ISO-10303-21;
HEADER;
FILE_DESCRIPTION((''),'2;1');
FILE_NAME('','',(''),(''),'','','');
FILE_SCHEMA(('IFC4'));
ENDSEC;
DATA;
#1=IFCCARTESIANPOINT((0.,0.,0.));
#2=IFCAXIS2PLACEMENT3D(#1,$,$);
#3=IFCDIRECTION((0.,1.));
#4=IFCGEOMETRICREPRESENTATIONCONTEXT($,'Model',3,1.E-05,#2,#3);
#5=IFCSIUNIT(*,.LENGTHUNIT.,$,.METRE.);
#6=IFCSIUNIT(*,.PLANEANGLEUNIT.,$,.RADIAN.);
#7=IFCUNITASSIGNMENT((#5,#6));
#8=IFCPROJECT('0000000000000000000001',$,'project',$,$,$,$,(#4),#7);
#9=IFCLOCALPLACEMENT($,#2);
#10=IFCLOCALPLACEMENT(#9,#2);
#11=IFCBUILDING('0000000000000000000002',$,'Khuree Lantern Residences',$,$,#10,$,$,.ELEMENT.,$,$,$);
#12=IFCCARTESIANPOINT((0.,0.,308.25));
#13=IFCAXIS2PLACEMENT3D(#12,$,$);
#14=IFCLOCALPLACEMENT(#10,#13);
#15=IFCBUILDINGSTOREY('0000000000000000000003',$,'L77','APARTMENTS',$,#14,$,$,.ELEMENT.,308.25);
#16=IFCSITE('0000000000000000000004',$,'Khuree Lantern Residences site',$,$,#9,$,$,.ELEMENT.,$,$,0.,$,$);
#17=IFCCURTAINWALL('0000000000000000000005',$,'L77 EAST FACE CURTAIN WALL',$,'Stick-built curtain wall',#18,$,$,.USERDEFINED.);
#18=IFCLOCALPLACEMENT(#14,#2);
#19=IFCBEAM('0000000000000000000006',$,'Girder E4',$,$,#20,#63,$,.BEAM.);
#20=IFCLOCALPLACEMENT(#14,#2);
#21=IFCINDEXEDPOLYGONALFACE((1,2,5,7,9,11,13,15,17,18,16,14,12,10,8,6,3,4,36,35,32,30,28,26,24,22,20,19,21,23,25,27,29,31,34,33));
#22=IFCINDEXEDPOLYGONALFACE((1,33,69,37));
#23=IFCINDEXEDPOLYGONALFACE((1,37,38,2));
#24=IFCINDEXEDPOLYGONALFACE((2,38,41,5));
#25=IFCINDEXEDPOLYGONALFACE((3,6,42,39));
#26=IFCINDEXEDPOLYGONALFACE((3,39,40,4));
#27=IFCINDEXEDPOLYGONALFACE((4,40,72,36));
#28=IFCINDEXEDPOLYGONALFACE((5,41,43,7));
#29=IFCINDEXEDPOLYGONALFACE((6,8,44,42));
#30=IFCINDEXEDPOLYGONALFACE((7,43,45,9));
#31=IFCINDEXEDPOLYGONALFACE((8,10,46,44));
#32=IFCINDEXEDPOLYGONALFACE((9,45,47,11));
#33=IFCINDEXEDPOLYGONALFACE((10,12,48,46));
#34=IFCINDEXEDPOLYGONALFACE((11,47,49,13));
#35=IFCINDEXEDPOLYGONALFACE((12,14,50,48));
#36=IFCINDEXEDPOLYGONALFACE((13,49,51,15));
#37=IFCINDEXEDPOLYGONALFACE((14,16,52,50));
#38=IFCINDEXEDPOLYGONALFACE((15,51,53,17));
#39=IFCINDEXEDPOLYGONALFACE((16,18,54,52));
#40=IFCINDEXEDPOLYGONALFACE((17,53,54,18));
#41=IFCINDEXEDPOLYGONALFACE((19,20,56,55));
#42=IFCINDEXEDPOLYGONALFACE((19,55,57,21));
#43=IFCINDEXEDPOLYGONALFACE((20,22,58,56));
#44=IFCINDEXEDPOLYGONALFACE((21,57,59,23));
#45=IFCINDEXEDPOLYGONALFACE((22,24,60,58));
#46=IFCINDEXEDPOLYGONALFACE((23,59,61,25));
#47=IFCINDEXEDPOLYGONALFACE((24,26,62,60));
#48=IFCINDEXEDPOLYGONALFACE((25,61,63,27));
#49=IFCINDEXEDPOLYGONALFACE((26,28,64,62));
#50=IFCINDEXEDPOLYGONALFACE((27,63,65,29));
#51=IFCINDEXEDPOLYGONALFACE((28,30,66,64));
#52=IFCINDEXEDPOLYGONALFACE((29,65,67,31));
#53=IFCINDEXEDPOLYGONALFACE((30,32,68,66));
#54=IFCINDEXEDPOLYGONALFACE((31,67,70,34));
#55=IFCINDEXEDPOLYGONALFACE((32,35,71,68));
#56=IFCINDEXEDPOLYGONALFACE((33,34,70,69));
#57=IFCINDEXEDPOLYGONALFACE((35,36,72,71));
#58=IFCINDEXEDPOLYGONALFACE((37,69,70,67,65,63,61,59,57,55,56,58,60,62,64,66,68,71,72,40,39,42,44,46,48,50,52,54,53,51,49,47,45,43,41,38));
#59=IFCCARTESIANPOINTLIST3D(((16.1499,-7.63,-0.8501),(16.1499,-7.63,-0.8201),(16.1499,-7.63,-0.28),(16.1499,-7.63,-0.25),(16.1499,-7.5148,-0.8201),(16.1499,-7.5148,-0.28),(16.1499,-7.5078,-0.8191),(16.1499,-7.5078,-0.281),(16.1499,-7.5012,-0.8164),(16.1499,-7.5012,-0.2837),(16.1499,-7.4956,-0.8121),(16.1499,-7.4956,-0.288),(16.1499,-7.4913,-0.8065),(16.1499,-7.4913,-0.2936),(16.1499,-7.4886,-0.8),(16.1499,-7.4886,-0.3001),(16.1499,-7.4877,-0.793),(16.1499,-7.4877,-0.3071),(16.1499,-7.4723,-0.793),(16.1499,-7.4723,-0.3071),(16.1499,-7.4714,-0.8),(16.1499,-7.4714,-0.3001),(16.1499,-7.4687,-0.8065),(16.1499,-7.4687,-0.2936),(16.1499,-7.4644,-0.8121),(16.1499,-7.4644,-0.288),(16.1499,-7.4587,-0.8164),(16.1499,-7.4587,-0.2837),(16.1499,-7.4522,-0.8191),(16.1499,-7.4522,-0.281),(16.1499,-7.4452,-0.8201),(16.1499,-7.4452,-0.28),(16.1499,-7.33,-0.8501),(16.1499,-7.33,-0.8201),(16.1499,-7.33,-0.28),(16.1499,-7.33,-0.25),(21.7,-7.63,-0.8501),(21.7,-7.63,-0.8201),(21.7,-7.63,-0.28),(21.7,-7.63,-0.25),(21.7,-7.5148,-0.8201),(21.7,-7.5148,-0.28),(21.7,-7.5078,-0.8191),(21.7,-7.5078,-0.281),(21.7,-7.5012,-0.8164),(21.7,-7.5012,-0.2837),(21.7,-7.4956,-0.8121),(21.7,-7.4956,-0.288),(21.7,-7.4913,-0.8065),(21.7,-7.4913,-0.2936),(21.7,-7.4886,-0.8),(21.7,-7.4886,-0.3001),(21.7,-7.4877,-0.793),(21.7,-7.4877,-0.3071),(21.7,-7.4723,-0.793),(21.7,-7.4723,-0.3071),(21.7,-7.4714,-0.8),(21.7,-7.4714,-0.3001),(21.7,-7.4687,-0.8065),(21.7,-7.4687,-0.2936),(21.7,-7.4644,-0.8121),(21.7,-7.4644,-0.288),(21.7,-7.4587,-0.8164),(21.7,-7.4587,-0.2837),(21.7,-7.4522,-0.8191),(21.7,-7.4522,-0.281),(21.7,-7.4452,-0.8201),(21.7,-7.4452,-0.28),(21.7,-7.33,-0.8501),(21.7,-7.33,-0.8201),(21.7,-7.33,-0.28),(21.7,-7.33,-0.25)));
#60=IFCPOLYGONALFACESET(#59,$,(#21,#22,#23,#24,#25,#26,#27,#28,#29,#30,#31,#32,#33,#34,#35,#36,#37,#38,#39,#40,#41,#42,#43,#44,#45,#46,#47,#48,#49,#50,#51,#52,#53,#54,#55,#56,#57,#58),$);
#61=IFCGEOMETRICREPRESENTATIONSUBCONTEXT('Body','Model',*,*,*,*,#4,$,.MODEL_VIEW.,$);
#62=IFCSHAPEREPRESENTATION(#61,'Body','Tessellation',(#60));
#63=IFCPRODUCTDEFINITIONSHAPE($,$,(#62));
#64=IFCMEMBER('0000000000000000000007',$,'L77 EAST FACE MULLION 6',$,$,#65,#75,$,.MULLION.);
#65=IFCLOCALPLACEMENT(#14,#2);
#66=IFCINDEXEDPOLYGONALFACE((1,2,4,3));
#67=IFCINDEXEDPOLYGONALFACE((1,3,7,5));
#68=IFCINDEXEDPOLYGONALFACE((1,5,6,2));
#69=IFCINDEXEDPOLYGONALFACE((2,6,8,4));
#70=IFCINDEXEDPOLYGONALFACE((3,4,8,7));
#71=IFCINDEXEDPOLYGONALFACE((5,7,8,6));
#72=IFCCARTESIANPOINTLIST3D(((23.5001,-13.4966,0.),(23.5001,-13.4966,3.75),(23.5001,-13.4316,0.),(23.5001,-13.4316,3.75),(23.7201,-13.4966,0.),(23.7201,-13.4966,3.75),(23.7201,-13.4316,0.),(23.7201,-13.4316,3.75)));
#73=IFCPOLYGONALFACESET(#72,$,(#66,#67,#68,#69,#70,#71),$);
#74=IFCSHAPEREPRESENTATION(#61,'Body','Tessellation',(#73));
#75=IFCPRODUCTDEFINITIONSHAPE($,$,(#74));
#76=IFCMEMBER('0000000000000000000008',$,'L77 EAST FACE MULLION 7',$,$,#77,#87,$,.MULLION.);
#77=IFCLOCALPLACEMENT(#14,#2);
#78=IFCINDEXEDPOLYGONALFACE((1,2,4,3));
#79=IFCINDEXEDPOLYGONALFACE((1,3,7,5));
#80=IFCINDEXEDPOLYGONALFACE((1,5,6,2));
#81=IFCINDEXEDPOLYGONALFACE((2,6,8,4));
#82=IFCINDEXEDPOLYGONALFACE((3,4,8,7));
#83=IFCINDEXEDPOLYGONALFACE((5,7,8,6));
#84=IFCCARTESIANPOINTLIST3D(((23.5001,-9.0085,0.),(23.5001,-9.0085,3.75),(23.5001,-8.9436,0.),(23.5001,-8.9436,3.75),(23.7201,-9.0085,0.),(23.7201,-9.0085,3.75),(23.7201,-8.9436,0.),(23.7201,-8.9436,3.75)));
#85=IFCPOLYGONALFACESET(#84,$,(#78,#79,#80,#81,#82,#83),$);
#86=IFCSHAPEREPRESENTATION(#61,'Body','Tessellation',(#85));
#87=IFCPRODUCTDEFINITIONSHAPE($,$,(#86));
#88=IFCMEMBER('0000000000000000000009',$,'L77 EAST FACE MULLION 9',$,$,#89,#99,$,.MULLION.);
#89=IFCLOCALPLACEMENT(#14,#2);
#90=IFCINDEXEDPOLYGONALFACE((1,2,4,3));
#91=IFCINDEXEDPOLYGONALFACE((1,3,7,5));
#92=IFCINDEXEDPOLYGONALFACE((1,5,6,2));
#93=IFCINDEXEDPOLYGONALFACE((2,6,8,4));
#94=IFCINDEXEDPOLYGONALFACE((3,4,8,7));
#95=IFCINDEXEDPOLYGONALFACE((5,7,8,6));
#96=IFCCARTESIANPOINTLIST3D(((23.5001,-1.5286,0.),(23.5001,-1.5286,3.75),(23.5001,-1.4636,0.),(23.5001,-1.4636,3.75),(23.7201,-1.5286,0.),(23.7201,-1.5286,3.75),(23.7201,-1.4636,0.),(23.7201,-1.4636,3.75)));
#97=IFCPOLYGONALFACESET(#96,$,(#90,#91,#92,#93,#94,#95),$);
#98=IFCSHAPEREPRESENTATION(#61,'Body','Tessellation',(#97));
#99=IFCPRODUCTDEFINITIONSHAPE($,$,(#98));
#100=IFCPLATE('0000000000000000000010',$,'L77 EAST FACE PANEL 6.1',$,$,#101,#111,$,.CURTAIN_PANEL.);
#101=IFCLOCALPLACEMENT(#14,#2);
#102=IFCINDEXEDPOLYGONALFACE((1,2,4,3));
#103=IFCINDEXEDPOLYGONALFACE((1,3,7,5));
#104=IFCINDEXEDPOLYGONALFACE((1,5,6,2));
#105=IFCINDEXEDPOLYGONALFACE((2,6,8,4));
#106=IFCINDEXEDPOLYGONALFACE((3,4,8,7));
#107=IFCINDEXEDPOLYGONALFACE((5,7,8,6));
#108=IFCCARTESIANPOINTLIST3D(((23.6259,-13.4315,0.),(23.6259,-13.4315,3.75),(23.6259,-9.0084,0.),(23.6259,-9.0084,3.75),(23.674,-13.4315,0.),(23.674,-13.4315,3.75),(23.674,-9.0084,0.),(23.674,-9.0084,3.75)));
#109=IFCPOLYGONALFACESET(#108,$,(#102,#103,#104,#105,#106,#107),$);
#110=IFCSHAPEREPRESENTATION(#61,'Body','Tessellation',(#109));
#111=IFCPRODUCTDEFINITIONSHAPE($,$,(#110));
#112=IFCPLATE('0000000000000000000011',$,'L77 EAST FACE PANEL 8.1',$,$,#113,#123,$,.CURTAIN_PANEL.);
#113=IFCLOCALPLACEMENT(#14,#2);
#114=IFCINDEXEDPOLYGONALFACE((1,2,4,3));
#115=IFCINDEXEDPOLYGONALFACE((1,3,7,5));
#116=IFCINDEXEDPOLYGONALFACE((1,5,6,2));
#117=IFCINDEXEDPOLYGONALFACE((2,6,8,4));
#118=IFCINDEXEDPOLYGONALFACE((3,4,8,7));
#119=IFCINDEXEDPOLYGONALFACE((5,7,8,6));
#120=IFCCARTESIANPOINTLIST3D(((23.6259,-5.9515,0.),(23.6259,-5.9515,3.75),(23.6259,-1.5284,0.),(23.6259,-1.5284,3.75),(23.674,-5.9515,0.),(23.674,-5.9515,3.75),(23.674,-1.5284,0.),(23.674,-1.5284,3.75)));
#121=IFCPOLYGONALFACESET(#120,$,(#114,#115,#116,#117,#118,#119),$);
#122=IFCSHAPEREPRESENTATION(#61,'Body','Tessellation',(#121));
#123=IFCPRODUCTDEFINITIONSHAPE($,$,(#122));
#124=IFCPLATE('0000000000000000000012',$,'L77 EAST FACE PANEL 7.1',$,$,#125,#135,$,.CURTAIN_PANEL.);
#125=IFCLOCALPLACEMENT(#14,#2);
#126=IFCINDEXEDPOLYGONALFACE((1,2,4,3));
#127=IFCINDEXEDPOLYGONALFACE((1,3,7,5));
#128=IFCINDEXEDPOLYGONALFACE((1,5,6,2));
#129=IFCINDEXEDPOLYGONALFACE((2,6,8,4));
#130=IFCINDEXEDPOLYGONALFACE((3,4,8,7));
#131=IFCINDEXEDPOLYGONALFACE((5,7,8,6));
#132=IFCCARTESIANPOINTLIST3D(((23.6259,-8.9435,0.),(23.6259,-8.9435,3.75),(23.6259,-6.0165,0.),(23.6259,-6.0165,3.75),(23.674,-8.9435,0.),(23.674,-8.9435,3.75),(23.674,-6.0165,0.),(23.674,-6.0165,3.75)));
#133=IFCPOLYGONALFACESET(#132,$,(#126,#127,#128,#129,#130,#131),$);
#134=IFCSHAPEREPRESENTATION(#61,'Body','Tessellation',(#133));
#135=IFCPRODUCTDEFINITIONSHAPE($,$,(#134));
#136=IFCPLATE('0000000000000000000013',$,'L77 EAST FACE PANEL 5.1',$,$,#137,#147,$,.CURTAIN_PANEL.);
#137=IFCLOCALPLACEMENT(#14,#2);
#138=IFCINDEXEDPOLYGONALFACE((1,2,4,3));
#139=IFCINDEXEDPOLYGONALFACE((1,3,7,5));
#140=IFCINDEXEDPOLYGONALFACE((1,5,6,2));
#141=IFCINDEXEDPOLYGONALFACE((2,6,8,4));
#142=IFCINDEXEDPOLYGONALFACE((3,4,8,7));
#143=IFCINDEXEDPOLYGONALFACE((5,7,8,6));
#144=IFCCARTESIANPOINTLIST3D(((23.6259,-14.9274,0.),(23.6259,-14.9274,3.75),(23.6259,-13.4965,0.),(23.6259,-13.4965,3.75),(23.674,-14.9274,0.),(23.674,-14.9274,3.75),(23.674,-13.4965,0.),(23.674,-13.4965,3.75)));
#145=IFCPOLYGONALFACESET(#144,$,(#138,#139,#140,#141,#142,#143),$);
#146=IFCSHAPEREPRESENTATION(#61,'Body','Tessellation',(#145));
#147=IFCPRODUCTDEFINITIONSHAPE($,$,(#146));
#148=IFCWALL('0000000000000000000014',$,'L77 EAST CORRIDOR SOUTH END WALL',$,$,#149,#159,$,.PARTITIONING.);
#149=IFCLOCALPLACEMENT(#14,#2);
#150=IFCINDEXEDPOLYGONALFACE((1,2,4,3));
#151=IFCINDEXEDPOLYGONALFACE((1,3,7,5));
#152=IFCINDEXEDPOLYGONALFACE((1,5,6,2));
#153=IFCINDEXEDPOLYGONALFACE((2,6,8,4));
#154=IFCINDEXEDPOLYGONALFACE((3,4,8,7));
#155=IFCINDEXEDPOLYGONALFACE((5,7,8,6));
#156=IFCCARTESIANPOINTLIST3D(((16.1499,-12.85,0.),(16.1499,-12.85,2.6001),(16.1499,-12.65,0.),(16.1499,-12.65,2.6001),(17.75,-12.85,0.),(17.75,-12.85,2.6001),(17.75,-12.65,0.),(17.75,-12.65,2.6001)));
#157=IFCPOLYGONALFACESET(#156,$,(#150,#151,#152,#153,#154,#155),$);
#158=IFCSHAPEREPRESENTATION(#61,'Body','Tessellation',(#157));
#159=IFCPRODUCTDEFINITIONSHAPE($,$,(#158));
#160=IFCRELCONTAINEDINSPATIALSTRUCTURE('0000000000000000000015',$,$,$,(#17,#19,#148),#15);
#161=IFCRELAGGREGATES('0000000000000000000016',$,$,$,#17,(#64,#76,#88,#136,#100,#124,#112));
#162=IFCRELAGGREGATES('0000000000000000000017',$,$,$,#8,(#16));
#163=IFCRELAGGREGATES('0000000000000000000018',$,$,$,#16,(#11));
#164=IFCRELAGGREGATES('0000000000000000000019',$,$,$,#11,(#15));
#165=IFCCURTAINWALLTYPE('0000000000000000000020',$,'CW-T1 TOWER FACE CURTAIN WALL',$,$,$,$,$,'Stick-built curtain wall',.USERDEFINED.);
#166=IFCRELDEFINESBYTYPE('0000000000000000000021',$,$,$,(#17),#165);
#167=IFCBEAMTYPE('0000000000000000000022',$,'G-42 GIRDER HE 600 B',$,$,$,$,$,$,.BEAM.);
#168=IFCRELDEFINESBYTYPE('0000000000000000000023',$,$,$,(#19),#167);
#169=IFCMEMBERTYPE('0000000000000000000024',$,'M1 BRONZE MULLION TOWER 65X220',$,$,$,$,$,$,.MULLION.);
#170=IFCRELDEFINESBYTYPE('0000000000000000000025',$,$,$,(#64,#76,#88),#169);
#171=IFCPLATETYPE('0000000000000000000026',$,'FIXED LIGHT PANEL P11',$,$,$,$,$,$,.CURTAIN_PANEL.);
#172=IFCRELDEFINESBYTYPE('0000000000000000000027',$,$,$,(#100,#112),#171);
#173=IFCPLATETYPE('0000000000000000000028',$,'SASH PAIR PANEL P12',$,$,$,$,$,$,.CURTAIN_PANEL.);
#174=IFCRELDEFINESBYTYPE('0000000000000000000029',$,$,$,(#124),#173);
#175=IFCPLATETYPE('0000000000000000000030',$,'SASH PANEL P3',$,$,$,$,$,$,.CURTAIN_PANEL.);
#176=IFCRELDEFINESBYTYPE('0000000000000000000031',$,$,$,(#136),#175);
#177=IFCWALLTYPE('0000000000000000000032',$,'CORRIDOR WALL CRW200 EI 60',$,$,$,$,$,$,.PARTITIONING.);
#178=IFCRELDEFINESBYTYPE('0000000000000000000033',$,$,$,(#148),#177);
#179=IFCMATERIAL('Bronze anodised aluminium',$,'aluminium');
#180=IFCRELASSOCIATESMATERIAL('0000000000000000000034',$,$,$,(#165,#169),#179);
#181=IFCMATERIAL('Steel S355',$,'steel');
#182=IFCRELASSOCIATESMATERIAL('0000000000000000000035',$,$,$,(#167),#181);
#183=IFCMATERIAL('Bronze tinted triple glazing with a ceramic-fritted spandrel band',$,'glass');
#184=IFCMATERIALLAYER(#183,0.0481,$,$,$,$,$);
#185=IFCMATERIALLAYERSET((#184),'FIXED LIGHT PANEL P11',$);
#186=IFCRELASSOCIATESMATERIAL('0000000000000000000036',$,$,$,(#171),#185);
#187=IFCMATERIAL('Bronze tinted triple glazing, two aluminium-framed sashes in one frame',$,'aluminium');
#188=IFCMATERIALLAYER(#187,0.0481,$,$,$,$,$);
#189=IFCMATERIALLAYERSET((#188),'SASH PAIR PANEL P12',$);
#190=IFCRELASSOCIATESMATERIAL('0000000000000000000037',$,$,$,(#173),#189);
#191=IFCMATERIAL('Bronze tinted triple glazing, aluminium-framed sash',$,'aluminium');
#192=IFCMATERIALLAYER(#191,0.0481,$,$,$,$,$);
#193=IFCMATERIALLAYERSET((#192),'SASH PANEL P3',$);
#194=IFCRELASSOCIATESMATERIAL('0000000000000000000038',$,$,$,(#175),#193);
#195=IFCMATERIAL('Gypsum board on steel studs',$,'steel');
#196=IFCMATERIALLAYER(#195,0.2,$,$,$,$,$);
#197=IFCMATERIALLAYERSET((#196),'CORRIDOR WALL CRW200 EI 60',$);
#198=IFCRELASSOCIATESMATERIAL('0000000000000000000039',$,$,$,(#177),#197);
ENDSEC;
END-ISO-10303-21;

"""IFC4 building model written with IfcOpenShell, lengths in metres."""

from ifc_helpers import new_model, si_unit, direction, frame, frame_2d, origin, origin_2d, place, context, subcontext, project, spatial, rectangle, i_section, extrude, material, layer, layer_set, material_profile, profile_set, type_object, element, aggregate, save


model = new_model("IFC4")

# Units and contexts
model_context = context("Model", 3, precision=1e-05, world=origin(), true_north=direction((0.0, 1.0)))
body_context = subcontext(model_context, "Body", "Model", "MODEL_VIEW")
ifc_project = project(units=[si_unit("LENGTHUNIT", "METRE"), si_unit("PLANEANGLEUNIT", "RADIAN")], contexts=[model_context])

# Site, building, storey
site_placement = place(None, origin())
site = spatial("IfcSite", under=ifc_project, at=site_placement, Name="Khuree Lantern Residences site", CompositionType="ELEMENT", RefElevation=0.0)
building_placement = place(site_placement, origin())
building = spatial("IfcBuilding", under=site, at=building_placement, Name="Khuree Lantern Residences", CompositionType="ELEMENT")
storey_placement = place(building_placement, frame((0.0, 0.0, 308.25)))
storey = spatial("IfcBuildingStorey", under=building, at=storey_placement, Name="L77", Description="APARTMENTS", CompositionType="ELEMENT", Elevation=308.25)

# Shared definitions
ifc_material_1 = material(Name="Steel S355", Category="steel")

# Curtain wall
ifc_material_2 = material(Name="Bronze anodised aluminium", Category="aluminium")
curtain_wall_type = type_object("IfcCurtainWallType", Name="CW-T1 TOWER FACE CURTAIN WALL", ElementType="Stick-built curtain wall", PredefinedType="USERDEFINED", material=ifc_material_2)
curtain_wall_placement = place(storey_placement, origin())
curtain_wall = element("IfcCurtainWall", 1, at=curtain_wall_placement, inside=storey, type_object=curtain_wall_type, Name="L77 EAST FACE CURTAIN WALL", ObjectType="Stick-built curtain wall", PredefinedType="USERDEFINED")

# Beam
ifc_material_profile_1 = material_profile(ifc_material_1, i_section(OverallWidth=0.3, OverallDepth=0.6001, WebThickness=0.0154, FlangeThickness=0.03, FilletRadius=0.0271, at=origin_2d()), Name="HE 600 B")
ifc_profile_set_1 = profile_set([ifc_material_profile_1], Name="Steel S355")
beam_type_1 = type_object("IfcBeamType", Name="G-42 GIRDER HE 600 B", PredefinedType="BEAM", material=ifc_profile_set_1)
beam_1_placement = place(storey_placement, frame((21.7, -7.48, -0.55), z_axis=(-1.0, 0.0, 0.0), x_axis=(0.0, -1.0, 0.0)))
element("IfcBeam", 2, at=beam_1_placement, inside=storey, type_object=beam_type_1, Name="Girder E4", PredefinedType="BEAM", context=body_context, shape_type="SweptSolid", body=[
    extrude(i_section(OverallWidth=0.3, OverallDepth=0.6001, WebThickness=0.0154, FlangeThickness=0.03, FilletRadius=0.0271, at=origin_2d()), origin(), (0.0, 0.0, 1.0), 5.55),
])

# Members
ifc_material_profile_2 = material_profile(ifc_material_2, rectangle(XDim=0.0649, YDim=0.22, at=origin_2d()), Name="M1 65X220")
ifc_profile_set_2 = profile_set([ifc_material_profile_2], Name="Bronze anodised aluminium")
member_type_1 = type_object("IfcMemberType", Name="M1 BRONZE MULLION TOWER 65X220", PredefinedType="MULLION", material=ifc_profile_set_2)
member_1_placement = place(storey_placement, frame((23.6101, -13.4641, 0.0), z_axis=(0.0, 0.0, 1.0), x_axis=(0.0, 1.0, 0.0)))
member_1 = element("IfcMember", 3, at=member_1_placement, type_object=member_type_1, Name="L77 EAST FACE MULLION 6", PredefinedType="MULLION", context=body_context, shape_type="SweptSolid", body=[
    extrude(rectangle(XDim=0.0649, YDim=0.22, at=origin_2d()), origin(), (0.0, 0.0, 1.0), 3.75),
])
member_2_placement = place(storey_placement, frame((23.6101, -8.9761, 0.0), z_axis=(0.0, 0.0, 1.0), x_axis=(0.0, 1.0, 0.0)))
member_2 = element("IfcMember", 4, at=member_2_placement, type_object=member_type_1, Name="L77 EAST FACE MULLION 7", PredefinedType="MULLION", context=body_context, shape_type="SweptSolid", body=[
    extrude(rectangle(XDim=0.0649, YDim=0.22, at=origin_2d()), origin(), (0.0, 0.0, 1.0), 3.75),
])
member_3_placement = place(storey_placement, frame((23.6101, -1.4961, 0.0), z_axis=(0.0, 0.0, 1.0), x_axis=(0.0, 1.0, 0.0)))
member_3 = element("IfcMember", 5, at=member_3_placement, type_object=member_type_1, Name="L77 EAST FACE MULLION 9", PredefinedType="MULLION", context=body_context, shape_type="SweptSolid", body=[
    extrude(rectangle(XDim=0.0649, YDim=0.22, at=origin_2d()), origin(), (0.0, 0.0, 1.0), 3.75),
])

# Plates
ifc_material_3 = material(Name="Bronze tinted triple glazing with a ceramic-fritted spandrel band", Category="glass")
ifc_layer_1 = layer(ifc_material_3, 0.0481)
ifc_layer_set_1 = layer_set([ifc_layer_1], Name="FIXED LIGHT PANEL P11")
plate_type_1 = type_object("IfcPlateType", Name="FIXED LIGHT PANEL P11", PredefinedType="CURTAIN_PANEL", material=ifc_layer_set_1)
plate_1_placement = place(storey_placement, frame((23.6499, -11.22, 0.0), z_axis=(0.0, 0.0, 1.0), x_axis=(0.0, 1.0, 0.0)))
plate_1 = element("IfcPlate", 6, at=plate_1_placement, type_object=plate_type_1, Name="L77 EAST FACE PANEL 6.1", PredefinedType="CURTAIN_PANEL", context=body_context, shape_type="SweptSolid", body=[
    extrude(rectangle(XDim=4.4231, YDim=0.0481, at=origin_2d()), origin(), (0.0, 0.0, 1.0), 3.75),
])
plate_2_placement = place(storey_placement, frame((23.6499, -3.74, 0.0), z_axis=(0.0, 0.0, 1.0), x_axis=(0.0, 1.0, 0.0)))
plate_2 = element("IfcPlate", 7, at=plate_2_placement, type_object=plate_type_1, Name="L77 EAST FACE PANEL 8.1", PredefinedType="CURTAIN_PANEL", context=body_context, shape_type="SweptSolid", body=[
    extrude(rectangle(XDim=4.4231, YDim=0.0481, at=origin_2d()), origin(), (0.0, 0.0, 1.0), 3.75),
])
ifc_material_4 = material(Name="Bronze tinted triple glazing, two aluminium-framed sashes in one frame", Category="aluminium")
ifc_layer_2 = layer(ifc_material_4, 0.0481)
ifc_layer_set_2 = layer_set([ifc_layer_2], Name="SASH PAIR PANEL P12")
plate_type_2 = type_object("IfcPlateType", Name="SASH PAIR PANEL P12", PredefinedType="CURTAIN_PANEL", material=ifc_layer_set_2)
plate_3_placement = place(storey_placement, frame((23.6499, -7.48, 0.0), z_axis=(0.0, 0.0, 1.0), x_axis=(0.0, 1.0, 0.0)))
plate_3 = element("IfcPlate", 8, at=plate_3_placement, type_object=plate_type_2, Name="L77 EAST FACE PANEL 7.1", PredefinedType="CURTAIN_PANEL", context=body_context, shape_type="SweptSolid", body=[
    extrude(rectangle(XDim=2.927, YDim=0.0481, at=origin_2d()), origin(), (0.0, 0.0, 1.0), 3.75),
])
ifc_material_5 = material(Name="Bronze tinted triple glazing, aluminium-framed sash", Category="aluminium")
ifc_layer_3 = layer(ifc_material_5, 0.0481)
ifc_layer_set_3 = layer_set([ifc_layer_3], Name="SASH PANEL P3")
plate_type_3 = type_object("IfcPlateType", Name="SASH PANEL P3", PredefinedType="CURTAIN_PANEL", material=ifc_layer_set_3)
plate_4_placement = place(storey_placement, frame((23.6499, -14.2119, 0.0), z_axis=(0.0, 0.0, 1.0), x_axis=(0.0, 1.0, 0.0)))
plate_4 = element("IfcPlate", 9, at=plate_4_placement, type_object=plate_type_3, Name="L77 EAST FACE PANEL 5.1", PredefinedType="CURTAIN_PANEL", context=body_context, shape_type="SweptSolid", body=[
    extrude(rectangle(XDim=1.4309, YDim=0.0481, at=origin_2d()), origin(), (0.0, 0.0, 1.0), 3.75),
])
aggregate(curtain_wall, [member_1, member_2, member_3, plate_4, plate_1, plate_3, plate_2])

# Wall
ifc_material_6 = material(Name="Gypsum board on steel studs", Category="steel")
ifc_layer_4 = layer(ifc_material_6, 0.2)
ifc_layer_set_4 = layer_set([ifc_layer_4], Name="CORRIDOR WALL CRW200 EI 60")
wall_type_1 = type_object("IfcWallType", Name="CORRIDOR WALL CRW200 EI 60", PredefinedType="PARTITIONING", material=ifc_layer_set_4)
wall_1_placement = place(storey_placement, frame((16.1499, -12.75, 0.0), z_axis=(0.0, 0.0, 1.0), x_axis=(1.0, 0.0, 0.0)))
element("IfcWall", 10, at=wall_1_placement, inside=storey, type_object=wall_type_1, Name="L77 EAST CORRIDOR SOUTH END WALL", PredefinedType="PARTITIONING", context=body_context, shape_type="SweptSolid", body=[
    extrude(rectangle(XDim=1.6001, YDim=0.2, at=frame_2d((0.8, 0.0))), origin(), (0.0, 0.0, 1.0), 2.6001),
])

save(model, "model.ifc")
